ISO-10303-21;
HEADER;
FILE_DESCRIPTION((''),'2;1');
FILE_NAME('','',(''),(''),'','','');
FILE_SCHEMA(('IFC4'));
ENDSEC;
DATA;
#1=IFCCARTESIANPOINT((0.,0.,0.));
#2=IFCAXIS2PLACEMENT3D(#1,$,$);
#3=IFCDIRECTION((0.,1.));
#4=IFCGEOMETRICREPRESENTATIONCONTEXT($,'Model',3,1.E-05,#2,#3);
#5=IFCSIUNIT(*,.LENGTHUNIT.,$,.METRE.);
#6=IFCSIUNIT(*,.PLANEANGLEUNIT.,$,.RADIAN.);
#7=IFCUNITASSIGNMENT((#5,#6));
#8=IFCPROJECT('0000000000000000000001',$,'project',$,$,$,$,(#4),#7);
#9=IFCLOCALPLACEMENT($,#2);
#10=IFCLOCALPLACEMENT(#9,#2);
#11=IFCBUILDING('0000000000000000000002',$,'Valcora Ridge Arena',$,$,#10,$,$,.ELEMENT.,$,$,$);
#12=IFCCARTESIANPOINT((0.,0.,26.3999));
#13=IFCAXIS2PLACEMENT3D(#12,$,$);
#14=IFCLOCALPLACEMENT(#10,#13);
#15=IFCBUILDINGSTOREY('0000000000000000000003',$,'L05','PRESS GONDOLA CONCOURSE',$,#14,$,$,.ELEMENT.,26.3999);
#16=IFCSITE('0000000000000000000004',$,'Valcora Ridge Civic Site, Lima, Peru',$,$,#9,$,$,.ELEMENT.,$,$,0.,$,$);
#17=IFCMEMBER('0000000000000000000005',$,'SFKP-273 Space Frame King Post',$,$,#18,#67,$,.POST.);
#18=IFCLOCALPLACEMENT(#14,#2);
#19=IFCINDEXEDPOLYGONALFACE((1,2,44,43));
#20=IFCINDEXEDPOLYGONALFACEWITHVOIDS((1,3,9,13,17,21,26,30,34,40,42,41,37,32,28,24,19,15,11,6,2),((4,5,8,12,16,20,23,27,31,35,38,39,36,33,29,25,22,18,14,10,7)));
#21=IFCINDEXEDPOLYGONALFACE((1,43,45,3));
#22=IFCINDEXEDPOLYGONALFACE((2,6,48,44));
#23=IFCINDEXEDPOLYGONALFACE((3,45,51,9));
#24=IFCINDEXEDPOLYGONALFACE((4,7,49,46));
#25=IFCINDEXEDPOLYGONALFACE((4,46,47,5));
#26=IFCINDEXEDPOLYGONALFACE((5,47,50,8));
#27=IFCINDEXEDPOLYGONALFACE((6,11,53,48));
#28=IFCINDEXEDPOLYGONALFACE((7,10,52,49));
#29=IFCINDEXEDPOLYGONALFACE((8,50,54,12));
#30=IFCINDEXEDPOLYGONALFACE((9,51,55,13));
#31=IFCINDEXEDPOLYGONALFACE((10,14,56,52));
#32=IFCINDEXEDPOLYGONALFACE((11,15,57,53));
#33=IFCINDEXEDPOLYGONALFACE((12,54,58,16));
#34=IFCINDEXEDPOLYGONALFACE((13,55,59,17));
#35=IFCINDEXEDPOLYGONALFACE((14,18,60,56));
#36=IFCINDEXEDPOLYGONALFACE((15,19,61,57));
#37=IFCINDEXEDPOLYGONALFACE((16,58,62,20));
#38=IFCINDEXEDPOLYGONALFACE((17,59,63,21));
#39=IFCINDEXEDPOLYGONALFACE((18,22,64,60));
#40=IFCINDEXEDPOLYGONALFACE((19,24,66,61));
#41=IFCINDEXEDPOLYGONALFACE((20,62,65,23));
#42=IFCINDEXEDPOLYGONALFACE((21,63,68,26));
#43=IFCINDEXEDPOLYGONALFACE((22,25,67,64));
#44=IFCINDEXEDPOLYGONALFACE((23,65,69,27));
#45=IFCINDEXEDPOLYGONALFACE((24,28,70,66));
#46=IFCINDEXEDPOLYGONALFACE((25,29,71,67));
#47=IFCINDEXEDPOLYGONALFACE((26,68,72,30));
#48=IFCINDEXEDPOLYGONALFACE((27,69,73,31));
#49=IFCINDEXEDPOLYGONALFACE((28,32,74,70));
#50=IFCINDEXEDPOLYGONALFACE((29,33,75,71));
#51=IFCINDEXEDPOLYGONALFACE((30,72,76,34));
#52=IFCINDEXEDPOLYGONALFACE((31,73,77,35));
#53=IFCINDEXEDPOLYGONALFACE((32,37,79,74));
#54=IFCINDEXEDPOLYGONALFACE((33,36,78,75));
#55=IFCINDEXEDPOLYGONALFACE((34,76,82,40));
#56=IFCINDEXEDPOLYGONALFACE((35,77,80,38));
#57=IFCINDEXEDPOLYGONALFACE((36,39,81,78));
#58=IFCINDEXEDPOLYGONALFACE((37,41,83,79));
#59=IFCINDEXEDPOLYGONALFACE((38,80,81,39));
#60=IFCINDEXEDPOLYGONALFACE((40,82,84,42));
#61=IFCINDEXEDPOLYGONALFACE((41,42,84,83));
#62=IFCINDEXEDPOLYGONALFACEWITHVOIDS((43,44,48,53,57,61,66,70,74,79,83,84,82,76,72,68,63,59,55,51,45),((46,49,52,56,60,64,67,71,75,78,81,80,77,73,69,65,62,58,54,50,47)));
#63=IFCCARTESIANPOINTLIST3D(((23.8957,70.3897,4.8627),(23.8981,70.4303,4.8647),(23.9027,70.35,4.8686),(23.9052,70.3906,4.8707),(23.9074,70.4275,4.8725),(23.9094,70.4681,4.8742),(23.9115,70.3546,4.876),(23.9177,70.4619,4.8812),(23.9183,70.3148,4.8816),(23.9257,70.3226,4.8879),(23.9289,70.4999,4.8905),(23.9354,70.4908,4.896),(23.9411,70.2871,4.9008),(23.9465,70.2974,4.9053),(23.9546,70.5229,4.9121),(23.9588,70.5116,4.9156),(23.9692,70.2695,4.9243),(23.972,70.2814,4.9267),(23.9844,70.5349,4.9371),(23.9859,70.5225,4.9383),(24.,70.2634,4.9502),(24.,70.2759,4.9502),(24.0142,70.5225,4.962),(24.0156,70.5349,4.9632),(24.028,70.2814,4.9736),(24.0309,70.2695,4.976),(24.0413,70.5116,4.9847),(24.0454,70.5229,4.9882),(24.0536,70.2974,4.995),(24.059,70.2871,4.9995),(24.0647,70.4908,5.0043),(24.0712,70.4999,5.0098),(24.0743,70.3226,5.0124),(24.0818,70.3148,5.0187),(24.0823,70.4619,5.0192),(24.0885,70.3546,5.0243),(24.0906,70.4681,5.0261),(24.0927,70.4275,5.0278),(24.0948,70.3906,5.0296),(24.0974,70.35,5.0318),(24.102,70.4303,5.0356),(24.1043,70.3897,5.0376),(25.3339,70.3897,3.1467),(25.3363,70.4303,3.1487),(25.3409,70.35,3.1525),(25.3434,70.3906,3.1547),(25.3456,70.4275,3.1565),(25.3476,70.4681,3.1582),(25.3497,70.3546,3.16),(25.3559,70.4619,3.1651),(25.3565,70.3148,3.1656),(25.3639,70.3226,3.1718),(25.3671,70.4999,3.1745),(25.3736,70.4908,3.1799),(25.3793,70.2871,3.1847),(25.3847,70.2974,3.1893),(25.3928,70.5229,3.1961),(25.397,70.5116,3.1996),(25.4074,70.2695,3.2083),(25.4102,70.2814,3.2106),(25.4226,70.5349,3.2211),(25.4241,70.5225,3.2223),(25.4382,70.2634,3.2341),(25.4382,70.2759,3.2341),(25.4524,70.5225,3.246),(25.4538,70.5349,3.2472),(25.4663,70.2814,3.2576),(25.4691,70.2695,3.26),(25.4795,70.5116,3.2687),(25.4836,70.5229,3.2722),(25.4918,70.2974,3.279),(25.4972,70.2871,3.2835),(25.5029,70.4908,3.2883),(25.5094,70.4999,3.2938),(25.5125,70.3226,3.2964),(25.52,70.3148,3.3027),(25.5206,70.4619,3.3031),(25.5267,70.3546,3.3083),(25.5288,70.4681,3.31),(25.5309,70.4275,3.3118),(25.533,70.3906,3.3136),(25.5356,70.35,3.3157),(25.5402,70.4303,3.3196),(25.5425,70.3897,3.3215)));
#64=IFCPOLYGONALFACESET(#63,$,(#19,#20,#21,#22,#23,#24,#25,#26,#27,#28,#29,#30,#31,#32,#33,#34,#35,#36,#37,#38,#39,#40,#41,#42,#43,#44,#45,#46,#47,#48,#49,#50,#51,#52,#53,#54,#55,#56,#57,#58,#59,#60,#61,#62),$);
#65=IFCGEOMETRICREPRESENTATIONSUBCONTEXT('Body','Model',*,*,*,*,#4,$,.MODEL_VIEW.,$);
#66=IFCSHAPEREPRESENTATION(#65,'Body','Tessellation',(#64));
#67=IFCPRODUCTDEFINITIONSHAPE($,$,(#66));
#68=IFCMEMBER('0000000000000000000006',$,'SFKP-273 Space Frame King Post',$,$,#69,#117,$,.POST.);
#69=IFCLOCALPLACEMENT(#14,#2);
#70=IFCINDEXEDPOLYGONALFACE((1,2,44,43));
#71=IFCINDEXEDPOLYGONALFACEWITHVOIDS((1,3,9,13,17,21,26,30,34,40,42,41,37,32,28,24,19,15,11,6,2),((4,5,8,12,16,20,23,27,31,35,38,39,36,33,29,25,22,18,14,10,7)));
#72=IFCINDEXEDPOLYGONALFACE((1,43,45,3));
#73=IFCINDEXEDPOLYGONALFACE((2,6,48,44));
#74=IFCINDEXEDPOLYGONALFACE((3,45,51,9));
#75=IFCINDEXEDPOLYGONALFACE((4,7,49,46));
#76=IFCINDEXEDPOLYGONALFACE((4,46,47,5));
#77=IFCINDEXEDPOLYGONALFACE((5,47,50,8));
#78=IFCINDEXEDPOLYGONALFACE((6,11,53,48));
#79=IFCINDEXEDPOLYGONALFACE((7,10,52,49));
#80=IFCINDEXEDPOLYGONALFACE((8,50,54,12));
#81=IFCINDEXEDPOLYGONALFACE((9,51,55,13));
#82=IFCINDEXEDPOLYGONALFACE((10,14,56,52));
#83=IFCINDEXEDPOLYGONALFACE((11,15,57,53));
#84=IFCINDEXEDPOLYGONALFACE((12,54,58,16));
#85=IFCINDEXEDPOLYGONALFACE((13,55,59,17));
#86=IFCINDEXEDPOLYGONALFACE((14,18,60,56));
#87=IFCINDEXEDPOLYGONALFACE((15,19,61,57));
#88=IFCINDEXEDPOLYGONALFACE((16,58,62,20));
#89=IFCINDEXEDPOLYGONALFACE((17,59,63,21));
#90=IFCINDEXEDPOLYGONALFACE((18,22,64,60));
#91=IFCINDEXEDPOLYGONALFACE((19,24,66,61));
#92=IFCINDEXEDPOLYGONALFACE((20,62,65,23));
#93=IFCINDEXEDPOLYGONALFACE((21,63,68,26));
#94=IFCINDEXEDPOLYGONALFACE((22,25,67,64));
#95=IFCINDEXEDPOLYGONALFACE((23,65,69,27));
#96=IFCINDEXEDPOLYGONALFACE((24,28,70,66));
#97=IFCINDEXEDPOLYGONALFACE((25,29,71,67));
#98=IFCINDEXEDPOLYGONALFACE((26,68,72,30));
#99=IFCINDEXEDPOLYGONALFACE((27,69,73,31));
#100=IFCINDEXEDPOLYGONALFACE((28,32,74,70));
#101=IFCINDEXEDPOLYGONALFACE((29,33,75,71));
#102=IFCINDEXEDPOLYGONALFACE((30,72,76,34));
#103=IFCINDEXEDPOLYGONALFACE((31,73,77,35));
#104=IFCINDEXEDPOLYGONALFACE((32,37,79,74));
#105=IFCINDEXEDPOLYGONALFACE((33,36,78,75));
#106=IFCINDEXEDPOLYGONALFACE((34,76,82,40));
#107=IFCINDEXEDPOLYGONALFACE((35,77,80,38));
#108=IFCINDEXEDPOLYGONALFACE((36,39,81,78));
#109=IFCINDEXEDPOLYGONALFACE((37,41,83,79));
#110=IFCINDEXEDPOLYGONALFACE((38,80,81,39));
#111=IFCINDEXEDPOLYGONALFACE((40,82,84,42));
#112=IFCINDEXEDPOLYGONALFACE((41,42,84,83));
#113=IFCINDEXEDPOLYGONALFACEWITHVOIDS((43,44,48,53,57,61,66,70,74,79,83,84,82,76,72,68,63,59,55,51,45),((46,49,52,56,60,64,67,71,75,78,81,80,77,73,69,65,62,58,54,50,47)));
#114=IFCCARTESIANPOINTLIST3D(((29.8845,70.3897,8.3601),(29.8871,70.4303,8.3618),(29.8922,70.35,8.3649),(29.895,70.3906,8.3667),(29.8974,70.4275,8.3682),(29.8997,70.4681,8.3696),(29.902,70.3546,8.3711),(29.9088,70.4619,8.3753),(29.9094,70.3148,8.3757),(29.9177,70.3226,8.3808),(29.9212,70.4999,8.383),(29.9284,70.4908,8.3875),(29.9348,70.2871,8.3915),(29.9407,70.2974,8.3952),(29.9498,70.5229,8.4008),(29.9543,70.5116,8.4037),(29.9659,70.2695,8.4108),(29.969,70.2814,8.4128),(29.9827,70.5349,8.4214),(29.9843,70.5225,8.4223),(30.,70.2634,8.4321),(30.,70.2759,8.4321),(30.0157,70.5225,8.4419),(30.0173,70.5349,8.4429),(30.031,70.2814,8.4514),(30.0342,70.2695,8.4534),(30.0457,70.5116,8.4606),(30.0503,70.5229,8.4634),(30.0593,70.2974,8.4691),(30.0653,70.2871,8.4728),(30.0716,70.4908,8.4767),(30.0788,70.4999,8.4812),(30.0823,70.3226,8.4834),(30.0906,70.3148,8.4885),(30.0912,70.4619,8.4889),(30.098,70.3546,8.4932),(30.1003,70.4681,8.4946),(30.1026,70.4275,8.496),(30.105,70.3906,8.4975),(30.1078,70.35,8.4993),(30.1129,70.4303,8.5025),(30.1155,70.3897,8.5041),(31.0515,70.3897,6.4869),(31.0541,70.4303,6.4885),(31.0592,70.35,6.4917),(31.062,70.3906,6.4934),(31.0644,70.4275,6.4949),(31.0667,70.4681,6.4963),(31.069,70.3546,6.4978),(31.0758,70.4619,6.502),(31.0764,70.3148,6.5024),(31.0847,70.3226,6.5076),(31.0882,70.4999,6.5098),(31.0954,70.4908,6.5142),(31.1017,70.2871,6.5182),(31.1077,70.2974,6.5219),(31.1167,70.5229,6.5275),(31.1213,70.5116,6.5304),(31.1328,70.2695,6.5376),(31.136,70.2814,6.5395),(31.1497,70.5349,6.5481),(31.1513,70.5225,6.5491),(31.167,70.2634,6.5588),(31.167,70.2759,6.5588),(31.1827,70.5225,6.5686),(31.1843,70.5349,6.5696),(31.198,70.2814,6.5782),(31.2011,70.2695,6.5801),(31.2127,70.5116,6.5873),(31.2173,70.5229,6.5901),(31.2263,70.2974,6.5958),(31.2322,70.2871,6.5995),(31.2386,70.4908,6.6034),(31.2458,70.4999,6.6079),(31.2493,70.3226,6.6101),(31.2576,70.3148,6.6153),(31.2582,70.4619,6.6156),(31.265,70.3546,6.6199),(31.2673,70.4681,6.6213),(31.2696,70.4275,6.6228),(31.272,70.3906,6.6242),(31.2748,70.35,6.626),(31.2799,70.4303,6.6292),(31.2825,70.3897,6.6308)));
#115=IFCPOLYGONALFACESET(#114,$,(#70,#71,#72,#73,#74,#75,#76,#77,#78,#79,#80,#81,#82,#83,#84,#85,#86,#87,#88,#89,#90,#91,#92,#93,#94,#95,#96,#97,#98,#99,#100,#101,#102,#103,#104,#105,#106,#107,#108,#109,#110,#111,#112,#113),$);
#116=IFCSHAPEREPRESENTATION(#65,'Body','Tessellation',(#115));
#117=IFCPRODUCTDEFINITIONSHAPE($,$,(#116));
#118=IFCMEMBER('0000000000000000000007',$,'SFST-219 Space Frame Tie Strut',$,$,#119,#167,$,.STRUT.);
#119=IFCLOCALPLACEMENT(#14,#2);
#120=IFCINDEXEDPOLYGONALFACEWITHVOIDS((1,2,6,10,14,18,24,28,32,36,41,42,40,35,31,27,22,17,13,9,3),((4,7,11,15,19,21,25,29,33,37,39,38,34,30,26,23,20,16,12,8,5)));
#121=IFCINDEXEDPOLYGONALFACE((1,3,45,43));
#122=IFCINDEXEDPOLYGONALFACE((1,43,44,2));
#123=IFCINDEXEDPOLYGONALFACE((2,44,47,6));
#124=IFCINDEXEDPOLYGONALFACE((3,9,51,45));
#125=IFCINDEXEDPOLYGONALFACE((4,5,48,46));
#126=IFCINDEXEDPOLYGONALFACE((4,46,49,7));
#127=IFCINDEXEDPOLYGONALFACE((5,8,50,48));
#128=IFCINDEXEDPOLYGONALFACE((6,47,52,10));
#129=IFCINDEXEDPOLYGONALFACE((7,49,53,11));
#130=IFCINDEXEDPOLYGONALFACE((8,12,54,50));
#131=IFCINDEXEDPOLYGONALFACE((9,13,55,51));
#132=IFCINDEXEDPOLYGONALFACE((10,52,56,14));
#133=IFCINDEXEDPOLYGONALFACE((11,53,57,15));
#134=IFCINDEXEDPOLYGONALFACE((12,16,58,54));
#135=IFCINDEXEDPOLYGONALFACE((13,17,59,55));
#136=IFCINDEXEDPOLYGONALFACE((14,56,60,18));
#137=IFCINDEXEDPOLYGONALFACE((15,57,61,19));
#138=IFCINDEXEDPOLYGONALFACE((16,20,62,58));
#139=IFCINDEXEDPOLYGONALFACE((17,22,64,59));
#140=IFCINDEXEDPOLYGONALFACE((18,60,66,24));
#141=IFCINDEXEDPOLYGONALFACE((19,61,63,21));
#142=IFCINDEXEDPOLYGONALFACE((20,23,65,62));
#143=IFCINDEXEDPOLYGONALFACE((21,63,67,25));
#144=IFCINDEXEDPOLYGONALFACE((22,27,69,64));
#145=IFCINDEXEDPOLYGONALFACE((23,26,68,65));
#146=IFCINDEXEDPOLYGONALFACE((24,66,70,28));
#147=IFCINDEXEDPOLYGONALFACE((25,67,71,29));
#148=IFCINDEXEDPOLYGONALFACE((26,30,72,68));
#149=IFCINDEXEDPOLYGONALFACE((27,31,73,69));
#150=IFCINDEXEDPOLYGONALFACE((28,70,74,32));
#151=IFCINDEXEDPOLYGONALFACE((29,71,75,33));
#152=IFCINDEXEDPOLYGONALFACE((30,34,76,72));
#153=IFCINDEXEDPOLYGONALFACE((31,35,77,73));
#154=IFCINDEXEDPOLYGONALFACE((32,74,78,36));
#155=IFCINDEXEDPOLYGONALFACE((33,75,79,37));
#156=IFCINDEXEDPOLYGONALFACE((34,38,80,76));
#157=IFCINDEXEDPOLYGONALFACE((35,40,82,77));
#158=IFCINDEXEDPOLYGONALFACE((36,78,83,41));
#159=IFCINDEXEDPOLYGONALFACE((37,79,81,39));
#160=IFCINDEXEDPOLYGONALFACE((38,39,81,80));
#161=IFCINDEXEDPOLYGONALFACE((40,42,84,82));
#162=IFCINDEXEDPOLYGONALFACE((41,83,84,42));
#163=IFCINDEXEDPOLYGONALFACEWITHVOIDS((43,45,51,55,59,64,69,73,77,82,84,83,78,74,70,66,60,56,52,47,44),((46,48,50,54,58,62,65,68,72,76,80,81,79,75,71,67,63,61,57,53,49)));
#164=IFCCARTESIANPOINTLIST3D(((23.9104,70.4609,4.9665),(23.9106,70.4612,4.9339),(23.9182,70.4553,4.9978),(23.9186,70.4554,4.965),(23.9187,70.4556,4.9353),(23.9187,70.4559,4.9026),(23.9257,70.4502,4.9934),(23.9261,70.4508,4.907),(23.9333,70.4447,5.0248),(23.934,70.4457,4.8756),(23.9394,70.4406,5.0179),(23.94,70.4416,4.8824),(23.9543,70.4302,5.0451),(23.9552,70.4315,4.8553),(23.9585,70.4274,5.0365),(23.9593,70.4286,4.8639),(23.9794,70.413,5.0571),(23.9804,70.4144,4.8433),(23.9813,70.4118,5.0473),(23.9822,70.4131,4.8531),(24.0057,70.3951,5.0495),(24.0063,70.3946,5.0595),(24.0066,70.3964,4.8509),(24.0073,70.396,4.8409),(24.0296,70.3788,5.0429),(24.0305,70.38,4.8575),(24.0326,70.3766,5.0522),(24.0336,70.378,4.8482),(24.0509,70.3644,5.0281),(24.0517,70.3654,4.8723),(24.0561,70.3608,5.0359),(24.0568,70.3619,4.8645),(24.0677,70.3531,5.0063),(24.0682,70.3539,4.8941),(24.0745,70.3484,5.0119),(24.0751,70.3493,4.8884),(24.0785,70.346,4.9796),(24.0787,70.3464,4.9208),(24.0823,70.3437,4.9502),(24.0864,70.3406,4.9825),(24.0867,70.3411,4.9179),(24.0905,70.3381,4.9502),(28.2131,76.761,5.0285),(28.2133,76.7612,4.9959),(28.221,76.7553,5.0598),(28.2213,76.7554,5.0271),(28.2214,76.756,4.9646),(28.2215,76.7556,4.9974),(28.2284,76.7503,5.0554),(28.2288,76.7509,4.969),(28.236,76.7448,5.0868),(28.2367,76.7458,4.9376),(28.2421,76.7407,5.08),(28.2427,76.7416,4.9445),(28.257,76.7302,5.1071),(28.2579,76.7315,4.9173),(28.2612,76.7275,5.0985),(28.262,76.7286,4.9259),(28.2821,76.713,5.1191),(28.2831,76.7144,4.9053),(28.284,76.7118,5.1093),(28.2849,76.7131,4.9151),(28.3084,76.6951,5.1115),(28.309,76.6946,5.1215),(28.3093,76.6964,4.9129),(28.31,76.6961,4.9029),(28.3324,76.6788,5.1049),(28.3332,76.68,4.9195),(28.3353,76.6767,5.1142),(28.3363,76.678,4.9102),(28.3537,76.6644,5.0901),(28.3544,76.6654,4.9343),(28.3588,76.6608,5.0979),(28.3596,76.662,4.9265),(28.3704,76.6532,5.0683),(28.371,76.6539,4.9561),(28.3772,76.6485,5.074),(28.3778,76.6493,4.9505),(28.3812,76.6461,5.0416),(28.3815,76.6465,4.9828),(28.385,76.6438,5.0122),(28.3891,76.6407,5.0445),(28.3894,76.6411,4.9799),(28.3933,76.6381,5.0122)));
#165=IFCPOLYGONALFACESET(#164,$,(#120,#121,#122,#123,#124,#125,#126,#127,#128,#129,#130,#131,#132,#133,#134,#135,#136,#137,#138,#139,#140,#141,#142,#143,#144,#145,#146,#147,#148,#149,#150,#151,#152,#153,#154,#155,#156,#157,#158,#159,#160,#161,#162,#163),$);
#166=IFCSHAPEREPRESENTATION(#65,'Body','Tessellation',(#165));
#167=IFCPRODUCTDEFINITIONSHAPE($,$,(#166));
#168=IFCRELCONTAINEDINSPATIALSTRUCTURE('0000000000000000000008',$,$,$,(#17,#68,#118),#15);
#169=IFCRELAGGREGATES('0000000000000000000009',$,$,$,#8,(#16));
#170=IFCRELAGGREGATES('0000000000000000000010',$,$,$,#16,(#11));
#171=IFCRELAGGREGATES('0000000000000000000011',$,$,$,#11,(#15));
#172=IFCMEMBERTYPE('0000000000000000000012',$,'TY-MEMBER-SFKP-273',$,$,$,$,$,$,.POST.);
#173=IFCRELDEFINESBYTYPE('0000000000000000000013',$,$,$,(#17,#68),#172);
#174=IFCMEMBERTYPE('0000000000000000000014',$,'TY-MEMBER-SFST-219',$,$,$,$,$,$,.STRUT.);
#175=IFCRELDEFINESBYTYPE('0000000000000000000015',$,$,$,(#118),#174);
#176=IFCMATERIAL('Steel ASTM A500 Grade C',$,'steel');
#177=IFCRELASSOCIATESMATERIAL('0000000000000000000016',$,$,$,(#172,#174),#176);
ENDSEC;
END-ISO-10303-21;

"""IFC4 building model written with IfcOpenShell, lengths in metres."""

from ifc_helpers import new_model, si_unit, direction, frame, origin, origin_2d, place, context, subcontext, project, spatial, hollow_circle, extrude, material, material_profile, profile_set, type_object, element, save


model = new_model("IFC4")

# Units and contexts
model_context = context("Model", 3, precision=1e-05, world=origin(), true_north=direction((0.0, 1.0)))
body_context = subcontext(model_context, "Body", "Model", "MODEL_VIEW")
ifc_project = project(units=[si_unit("LENGTHUNIT", "METRE"), si_unit("PLANEANGLEUNIT", "RADIAN")], contexts=[model_context])

# Site, building, storey
site_placement = place(None, origin())
site = spatial("IfcSite", under=ifc_project, at=site_placement, Name="Valcora Ridge Civic Site, Lima, Peru", CompositionType="ELEMENT", RefElevation=0.0)
building_placement = place(site_placement, origin())
building = spatial("IfcBuilding", under=site, at=building_placement, Name="Valcora Ridge Arena", CompositionType="ELEMENT")
storey_placement = place(building_placement, frame((0.0, 0.0, 26.3999)))
storey = spatial("IfcBuildingStorey", under=building, at=storey_placement, Name="L05", Description="PRESS GONDOLA CONCOURSE", CompositionType="ELEMENT", Elevation=26.3999)

# Members
ifc_material_1 = material(Name="Steel ASTM A500 Grade C", Category="steel")
ifc_material_profile_1 = material_profile(ifc_material_1, hollow_circle(Radius=0.1365, WallThickness=0.0125, at=origin_2d()), Name="CHS273X12")
ifc_profile_set_1 = profile_set([ifc_material_profile_1], Name="Steel ASTM A500 Grade C")
member_type_1 = type_object("IfcMemberType", Name="TY-MEMBER-SFKP-273", PredefinedType="POST", material=ifc_profile_set_1)
member_1_placement = place(storey_placement, frame((25.4382, 70.3999, 3.2341), z_axis=(-0.642338, 0.0, 0.766422), x_axis=(0.0, -1.0, 0.0)))
element("IfcMember", 1, at=member_1_placement, inside=storey, type_object=member_type_1, Name="SFKP-273 Space Frame King Post", PredefinedType="POST", context=body_context, shape_type="SweptSolid", body=[
    extrude(hollow_circle(Radius=0.1365, WallThickness=0.0125, at=origin_2d()), origin(), (0.0, 0.0, 1.0), 2.239),
])
member_2_placement = place(storey_placement, frame((31.167, 70.3999, 6.5588), z_axis=(-0.528755, 0.0, 0.848774), x_axis=(0.0, -1.0, 0.0)))
element("IfcMember", 2, at=member_2_placement, inside=storey, type_object=member_type_1, Name="SFKP-273 Space Frame King Post", PredefinedType="POST", context=body_context, shape_type="SweptSolid", body=[
    extrude(hollow_circle(Radius=0.1365, WallThickness=0.0125, at=origin_2d()), origin(), (0.0, 0.0, 1.0), 2.207),
])
ifc_material_profile_2 = material_profile(ifc_material_1, hollow_circle(Radius=0.1096, WallThickness=0.01, at=origin_2d()), Name="CHS219X10")
ifc_profile_set_2 = profile_set([ifc_material_profile_2], Name="Steel ASTM A500 Grade C")
member_type_2 = type_object("IfcMemberType", Name="TY-MEMBER-SFST-219", PredefinedType="STRUT", material=ifc_profile_set_2)
member_3_placement = place(storey_placement, frame((28.3027, 76.7, 5.0122), z_axis=(-0.563966, -0.825758, -0.008128), x_axis=(0.825785, -0.563985, 0.0)))
element("IfcMember", 3, at=member_3_placement, inside=storey, type_object=member_type_2, Name="SFST-219 Space Frame Tie Strut", PredefinedType="STRUT", context=body_context, shape_type="SweptSolid", body=[
    extrude(hollow_circle(Radius=0.1096, WallThickness=0.01, at=origin_2d()), origin(), (0.0, 0.0, 1.0), 7.6294),
])

save(model, "model.ifc")
